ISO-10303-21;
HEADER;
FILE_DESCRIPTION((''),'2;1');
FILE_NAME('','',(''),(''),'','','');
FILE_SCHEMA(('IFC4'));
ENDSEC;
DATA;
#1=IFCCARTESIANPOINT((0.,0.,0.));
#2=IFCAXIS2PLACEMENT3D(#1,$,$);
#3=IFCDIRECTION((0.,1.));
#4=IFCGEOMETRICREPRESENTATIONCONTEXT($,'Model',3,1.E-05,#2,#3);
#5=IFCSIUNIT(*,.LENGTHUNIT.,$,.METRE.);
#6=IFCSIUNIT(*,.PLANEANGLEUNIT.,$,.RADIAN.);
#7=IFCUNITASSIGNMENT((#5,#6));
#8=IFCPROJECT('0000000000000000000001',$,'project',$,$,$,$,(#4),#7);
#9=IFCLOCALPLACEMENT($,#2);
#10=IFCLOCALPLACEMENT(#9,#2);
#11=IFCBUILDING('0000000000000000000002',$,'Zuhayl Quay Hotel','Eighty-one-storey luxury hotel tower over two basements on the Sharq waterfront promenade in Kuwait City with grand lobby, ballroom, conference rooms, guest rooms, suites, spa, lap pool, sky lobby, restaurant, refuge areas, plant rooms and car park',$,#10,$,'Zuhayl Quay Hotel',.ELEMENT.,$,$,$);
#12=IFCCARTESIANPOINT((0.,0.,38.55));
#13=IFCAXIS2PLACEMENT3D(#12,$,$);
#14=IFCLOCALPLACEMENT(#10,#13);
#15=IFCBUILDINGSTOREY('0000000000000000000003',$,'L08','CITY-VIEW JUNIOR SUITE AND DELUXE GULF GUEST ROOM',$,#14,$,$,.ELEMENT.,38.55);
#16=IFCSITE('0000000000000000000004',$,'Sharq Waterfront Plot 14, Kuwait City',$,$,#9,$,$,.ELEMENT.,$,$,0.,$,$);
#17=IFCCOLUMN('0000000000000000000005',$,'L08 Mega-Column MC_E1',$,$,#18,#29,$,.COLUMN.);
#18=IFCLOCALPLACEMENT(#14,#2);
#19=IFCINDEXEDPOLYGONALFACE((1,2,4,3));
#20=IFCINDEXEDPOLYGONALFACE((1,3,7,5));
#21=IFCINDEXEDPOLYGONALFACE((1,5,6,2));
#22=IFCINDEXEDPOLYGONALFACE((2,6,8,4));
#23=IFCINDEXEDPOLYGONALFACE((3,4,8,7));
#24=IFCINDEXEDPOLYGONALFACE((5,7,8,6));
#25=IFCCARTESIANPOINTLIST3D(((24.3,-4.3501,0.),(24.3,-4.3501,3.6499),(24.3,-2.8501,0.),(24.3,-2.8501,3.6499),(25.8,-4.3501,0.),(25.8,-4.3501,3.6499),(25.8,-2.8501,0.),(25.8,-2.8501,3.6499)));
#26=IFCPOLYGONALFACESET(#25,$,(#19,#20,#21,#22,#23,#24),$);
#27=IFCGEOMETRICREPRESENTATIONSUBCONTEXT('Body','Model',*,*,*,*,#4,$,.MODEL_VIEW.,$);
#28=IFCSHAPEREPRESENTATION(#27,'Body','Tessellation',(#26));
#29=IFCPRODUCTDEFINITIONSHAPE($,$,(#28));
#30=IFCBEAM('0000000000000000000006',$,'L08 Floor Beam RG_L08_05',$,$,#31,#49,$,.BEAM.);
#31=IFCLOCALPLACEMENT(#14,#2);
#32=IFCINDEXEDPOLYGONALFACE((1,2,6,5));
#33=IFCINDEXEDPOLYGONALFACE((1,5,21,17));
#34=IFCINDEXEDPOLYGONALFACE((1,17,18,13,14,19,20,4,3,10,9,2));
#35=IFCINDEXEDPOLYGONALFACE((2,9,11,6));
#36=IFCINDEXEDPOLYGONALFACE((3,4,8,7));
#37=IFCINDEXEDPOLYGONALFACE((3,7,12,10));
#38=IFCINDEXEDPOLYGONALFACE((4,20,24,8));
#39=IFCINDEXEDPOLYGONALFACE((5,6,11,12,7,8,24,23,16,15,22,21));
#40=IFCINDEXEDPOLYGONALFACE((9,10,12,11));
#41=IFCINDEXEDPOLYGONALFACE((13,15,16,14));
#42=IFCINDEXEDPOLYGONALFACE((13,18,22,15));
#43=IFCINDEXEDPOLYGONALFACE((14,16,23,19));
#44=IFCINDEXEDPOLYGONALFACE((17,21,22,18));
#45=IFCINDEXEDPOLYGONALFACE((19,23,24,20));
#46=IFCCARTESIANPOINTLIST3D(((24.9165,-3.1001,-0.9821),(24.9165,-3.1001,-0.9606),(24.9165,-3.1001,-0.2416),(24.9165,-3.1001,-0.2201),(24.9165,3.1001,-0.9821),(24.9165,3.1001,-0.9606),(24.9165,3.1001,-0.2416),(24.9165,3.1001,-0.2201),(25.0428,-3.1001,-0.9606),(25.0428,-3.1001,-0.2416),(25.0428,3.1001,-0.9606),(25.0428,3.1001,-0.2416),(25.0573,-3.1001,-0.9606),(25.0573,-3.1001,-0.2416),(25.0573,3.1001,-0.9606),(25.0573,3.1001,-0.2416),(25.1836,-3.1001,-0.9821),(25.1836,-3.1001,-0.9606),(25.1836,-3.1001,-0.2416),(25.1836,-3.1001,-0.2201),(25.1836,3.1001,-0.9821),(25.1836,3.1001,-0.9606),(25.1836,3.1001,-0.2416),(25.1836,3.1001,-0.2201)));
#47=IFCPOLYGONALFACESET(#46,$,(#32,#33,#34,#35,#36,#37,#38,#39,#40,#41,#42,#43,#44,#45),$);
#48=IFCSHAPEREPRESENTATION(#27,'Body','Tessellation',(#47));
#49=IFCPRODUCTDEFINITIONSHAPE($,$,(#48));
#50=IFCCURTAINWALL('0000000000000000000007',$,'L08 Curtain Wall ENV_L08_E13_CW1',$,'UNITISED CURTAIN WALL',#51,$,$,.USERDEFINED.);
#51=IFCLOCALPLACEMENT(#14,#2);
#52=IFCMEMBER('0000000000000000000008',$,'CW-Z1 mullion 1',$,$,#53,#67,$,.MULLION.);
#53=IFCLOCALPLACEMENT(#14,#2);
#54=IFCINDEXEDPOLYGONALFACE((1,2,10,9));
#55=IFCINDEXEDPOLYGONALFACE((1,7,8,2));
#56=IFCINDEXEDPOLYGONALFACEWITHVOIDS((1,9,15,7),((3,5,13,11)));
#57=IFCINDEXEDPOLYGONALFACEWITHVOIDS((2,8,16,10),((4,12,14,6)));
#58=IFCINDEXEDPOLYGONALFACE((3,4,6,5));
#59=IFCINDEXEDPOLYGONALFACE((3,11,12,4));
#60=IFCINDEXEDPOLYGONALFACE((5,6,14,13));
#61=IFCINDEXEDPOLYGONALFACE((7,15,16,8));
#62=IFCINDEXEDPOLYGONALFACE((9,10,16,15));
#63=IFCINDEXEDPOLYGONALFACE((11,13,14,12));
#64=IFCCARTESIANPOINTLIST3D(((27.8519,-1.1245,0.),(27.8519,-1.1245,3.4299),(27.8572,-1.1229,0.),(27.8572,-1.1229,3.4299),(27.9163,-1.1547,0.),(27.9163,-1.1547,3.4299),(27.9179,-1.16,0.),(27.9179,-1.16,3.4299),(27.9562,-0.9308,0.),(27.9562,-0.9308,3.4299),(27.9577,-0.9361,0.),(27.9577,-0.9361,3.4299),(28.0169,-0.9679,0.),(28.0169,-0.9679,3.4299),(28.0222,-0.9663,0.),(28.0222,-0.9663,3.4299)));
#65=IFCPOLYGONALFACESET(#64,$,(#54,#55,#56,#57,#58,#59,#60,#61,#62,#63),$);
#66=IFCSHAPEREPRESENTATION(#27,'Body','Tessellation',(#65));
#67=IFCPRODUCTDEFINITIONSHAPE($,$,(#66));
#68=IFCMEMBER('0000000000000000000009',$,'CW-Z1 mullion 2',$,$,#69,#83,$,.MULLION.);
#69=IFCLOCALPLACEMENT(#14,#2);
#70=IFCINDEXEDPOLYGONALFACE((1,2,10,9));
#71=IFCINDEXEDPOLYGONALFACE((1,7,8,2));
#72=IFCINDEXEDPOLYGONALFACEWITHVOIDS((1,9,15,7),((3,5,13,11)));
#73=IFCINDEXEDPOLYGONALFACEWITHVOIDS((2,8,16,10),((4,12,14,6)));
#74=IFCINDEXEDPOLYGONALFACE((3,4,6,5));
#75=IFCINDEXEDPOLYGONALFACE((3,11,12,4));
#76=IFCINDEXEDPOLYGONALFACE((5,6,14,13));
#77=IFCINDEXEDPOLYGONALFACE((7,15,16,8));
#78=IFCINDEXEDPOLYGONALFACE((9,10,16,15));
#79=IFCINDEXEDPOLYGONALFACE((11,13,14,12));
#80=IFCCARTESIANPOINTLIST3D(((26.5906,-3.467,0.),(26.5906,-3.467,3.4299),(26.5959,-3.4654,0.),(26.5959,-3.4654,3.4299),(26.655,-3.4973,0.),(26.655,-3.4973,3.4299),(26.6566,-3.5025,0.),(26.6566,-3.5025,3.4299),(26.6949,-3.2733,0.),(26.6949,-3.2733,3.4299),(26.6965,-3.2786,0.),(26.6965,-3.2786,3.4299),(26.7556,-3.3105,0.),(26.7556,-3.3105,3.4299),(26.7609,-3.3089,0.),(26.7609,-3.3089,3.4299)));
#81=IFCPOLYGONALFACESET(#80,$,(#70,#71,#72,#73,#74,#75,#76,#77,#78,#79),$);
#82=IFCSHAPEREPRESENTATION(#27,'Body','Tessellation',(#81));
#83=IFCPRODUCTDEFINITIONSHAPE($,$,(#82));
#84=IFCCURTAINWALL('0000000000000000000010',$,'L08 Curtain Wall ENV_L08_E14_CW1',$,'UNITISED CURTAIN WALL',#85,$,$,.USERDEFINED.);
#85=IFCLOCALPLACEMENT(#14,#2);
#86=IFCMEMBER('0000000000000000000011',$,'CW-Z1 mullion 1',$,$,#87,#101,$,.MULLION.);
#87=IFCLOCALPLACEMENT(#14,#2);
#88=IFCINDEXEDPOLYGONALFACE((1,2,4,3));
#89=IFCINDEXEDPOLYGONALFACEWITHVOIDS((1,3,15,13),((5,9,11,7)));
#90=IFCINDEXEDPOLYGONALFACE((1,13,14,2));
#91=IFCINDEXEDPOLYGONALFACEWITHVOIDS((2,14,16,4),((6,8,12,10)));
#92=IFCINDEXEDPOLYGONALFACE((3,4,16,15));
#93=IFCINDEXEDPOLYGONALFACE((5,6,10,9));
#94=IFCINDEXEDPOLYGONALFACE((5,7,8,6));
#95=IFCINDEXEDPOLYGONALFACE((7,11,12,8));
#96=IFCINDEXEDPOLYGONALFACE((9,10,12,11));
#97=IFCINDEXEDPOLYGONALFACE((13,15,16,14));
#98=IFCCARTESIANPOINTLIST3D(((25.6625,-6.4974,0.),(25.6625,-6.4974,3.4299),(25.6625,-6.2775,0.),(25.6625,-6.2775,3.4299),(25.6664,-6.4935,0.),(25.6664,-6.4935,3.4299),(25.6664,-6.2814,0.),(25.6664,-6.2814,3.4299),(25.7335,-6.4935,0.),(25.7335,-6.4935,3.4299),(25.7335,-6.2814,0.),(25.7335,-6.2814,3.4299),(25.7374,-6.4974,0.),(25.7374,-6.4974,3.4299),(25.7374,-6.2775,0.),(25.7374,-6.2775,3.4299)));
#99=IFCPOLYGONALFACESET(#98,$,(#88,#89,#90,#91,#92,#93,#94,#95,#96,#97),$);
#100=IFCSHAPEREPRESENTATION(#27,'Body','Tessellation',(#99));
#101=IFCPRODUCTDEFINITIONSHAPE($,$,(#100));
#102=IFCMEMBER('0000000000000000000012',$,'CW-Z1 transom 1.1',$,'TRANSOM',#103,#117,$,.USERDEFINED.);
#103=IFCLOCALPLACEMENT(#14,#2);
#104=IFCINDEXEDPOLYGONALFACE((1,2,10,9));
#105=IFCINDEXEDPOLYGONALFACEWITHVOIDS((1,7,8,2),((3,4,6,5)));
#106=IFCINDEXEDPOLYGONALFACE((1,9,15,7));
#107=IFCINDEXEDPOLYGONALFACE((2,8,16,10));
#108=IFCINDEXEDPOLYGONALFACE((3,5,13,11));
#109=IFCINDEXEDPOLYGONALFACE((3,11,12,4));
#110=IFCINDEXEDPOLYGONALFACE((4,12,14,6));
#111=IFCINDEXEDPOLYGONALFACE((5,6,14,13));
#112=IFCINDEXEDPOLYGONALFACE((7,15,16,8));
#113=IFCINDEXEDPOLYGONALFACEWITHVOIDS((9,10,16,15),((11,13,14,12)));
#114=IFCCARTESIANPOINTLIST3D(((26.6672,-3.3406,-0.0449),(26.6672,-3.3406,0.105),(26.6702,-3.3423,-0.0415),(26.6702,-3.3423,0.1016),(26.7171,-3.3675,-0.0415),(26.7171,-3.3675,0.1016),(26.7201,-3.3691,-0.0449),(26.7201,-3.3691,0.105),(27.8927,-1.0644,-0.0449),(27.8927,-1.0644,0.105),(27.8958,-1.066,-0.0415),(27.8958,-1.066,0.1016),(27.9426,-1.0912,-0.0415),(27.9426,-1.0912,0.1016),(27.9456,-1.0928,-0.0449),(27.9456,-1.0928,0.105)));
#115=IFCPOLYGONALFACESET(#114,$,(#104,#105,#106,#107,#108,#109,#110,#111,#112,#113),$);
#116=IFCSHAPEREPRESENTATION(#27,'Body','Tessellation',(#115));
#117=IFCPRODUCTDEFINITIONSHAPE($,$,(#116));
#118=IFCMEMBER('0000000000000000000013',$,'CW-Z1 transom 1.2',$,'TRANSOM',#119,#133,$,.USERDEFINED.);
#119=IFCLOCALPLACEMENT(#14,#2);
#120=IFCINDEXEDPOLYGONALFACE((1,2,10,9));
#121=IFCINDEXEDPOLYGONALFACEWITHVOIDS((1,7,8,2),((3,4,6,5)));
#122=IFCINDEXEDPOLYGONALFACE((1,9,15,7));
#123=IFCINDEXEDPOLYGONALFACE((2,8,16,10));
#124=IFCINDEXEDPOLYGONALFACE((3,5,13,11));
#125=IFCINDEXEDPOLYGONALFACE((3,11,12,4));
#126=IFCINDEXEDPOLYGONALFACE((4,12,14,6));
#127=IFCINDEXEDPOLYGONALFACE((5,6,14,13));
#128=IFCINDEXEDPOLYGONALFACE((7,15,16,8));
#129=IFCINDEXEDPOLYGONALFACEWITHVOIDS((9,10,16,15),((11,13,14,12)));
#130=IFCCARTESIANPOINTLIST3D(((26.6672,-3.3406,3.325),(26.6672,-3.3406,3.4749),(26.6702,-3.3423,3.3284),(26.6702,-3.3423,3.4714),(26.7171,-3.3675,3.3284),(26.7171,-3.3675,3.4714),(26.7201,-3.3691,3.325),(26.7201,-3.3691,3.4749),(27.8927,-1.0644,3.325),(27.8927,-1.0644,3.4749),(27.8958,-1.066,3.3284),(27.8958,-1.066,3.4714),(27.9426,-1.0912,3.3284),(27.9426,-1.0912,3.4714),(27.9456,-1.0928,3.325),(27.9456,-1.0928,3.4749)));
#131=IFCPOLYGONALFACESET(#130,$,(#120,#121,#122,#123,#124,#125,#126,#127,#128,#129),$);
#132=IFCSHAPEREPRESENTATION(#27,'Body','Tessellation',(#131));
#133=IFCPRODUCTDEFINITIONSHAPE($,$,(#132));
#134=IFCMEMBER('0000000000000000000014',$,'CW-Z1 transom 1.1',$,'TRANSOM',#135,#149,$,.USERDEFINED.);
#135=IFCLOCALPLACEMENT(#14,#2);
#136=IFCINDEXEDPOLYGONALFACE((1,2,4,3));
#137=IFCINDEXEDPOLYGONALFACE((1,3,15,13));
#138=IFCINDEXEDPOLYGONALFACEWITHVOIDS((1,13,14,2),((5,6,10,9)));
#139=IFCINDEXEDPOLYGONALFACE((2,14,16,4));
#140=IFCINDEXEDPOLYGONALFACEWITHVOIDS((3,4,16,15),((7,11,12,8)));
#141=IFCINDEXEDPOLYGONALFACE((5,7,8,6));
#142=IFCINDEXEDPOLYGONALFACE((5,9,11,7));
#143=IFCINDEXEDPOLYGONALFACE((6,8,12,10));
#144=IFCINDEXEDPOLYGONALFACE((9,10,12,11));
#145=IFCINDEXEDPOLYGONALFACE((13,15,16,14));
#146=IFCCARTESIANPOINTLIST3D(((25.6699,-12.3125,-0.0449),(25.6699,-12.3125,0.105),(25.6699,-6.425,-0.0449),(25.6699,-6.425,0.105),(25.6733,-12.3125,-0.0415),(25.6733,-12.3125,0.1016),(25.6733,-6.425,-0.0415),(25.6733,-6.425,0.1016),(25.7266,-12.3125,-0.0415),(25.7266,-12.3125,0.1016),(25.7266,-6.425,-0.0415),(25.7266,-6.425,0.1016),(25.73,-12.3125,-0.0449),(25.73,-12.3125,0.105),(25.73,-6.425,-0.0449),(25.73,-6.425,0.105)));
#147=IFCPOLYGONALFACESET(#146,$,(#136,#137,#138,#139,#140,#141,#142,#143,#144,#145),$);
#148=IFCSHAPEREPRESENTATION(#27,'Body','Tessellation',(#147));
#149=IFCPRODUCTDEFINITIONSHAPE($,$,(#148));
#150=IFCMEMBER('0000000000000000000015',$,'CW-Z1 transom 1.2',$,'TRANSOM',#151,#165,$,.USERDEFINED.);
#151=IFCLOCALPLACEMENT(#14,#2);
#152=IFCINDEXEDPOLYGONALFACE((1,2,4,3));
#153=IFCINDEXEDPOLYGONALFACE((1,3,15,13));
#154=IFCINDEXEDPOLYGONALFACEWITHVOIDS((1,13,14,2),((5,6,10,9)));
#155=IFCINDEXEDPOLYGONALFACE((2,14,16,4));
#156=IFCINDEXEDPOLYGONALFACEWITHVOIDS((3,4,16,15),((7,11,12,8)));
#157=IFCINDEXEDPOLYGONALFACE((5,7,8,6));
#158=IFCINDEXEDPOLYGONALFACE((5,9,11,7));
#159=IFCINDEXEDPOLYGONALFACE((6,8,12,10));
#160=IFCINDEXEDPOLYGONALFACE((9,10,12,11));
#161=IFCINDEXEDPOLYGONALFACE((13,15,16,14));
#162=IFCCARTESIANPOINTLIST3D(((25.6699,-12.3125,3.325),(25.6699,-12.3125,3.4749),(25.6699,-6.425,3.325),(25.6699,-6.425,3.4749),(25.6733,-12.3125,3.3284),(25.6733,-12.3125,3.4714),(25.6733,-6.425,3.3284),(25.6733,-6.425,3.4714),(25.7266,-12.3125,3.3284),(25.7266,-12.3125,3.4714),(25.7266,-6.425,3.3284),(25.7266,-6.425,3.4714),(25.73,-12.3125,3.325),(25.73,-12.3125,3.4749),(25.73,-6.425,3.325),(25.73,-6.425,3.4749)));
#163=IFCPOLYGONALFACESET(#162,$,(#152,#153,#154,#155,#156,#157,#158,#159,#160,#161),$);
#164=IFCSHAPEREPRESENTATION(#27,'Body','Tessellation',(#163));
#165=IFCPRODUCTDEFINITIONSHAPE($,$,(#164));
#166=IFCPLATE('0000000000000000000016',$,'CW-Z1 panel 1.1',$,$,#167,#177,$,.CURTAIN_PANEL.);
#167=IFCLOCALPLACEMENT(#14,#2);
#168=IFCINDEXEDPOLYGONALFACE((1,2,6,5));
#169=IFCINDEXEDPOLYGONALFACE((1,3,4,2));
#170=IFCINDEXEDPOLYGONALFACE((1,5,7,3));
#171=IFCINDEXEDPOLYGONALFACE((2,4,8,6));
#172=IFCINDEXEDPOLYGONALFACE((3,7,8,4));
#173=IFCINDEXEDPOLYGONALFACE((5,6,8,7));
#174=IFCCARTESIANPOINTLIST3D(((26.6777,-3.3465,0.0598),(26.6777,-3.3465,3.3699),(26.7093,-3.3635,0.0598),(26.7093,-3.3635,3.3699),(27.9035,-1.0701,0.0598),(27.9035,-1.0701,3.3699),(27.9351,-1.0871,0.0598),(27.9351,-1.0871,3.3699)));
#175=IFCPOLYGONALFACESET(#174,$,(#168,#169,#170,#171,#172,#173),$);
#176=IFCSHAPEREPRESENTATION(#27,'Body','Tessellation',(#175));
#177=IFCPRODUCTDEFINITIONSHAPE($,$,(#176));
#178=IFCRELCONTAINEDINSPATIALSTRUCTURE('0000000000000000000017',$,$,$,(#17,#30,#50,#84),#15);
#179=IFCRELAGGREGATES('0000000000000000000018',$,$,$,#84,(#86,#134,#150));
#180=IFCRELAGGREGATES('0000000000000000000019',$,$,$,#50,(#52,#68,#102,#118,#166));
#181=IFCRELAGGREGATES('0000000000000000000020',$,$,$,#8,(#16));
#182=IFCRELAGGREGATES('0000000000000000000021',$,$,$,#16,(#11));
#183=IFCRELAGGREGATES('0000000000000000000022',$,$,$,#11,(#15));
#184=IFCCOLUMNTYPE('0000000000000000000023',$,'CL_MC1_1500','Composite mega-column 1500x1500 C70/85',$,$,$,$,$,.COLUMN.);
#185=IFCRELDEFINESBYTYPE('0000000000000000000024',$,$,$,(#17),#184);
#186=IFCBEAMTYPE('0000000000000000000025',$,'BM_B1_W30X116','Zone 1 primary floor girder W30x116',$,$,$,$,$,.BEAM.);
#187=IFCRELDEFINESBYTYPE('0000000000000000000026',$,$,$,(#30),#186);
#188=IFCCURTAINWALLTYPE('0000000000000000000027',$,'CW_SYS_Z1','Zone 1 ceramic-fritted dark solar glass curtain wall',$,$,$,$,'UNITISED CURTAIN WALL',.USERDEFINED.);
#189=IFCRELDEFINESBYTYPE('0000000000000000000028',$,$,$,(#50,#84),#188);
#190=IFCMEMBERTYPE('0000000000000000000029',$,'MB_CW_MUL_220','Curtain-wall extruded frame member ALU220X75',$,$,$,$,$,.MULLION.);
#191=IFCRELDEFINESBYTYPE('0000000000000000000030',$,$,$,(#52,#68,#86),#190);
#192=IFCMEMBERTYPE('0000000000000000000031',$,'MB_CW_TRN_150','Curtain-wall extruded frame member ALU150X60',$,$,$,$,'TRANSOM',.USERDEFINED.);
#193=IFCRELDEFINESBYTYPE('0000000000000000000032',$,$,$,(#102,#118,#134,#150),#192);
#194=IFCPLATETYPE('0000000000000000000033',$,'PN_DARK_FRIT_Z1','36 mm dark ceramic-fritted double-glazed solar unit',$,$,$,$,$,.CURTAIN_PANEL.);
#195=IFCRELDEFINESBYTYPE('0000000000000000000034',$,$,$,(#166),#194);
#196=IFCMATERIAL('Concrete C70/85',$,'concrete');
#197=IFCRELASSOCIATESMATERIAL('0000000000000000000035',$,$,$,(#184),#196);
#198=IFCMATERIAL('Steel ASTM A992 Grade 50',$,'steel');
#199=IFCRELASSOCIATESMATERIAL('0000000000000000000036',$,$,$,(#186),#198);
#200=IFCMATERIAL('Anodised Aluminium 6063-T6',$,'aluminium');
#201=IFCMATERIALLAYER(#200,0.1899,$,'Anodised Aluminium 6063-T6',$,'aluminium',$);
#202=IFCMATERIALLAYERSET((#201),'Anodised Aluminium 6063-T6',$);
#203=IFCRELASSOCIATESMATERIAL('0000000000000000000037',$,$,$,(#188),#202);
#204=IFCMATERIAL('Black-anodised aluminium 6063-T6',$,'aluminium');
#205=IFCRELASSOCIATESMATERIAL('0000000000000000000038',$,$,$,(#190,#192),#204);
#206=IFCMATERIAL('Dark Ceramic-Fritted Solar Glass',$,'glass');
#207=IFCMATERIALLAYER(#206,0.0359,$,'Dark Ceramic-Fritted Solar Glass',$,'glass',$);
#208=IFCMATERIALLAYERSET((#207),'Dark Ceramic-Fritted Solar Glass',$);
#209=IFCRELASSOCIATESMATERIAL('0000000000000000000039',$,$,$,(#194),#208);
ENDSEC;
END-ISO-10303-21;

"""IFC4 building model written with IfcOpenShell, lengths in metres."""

from ifc_helpers import new_model, si_unit, direction, frame, origin, origin_2d, place, context, subcontext, project, spatial, rectangle, hollow_rectangle, i_section, extrude, material, layer, layer_set, material_profile, profile_set, type_object, element, aggregate, save


model = new_model("IFC4")

# Units and contexts
model_context = context("Model", 3, precision=1e-05, world=origin(), true_north=direction((0.0, 1.0)))
body_context = subcontext(model_context, "Body", "Model", "MODEL_VIEW")
ifc_project = project(units=[si_unit("LENGTHUNIT", "METRE"), si_unit("PLANEANGLEUNIT", "RADIAN")], contexts=[model_context])

# Site, building, storey
site_placement = place(None, origin())
site = spatial("IfcSite", under=ifc_project, at=site_placement, Name="Sharq Waterfront Plot 14, Kuwait City", CompositionType="ELEMENT", RefElevation=0.0)
building_placement = place(site_placement, origin())
building = spatial("IfcBuilding", under=site, at=building_placement, Name="Zuhayl Quay Hotel", Description="Eighty-one-storey luxury hotel tower over two basements on the Sharq waterfront promenade in Kuwait City with grand lobby, ballroom, conference rooms, guest rooms, suites, spa, lap pool, sky lobby, restaurant, refuge areas, plant rooms and car park", LongName="Zuhayl Quay Hotel", CompositionType="ELEMENT")
storey_placement = place(building_placement, frame((0.0, 0.0, 38.55)))
storey = spatial("IfcBuildingStorey", under=building, at=storey_placement, Name="L08", Description="CITY-VIEW JUNIOR SUITE AND DELUXE GULF GUEST ROOM", CompositionType="ELEMENT", Elevation=38.55)

# Column
ifc_material_1 = material(Name="Concrete C70/85", Category="concrete")
ifc_material_profile_1 = material_profile(ifc_material_1, rectangle(XDim=1.5, YDim=1.5, at=origin_2d()), Name="RC1500X1500")
ifc_profile_set_1 = profile_set([ifc_material_profile_1], Name="Concrete C70/85")
column_type = type_object("IfcColumnType", Name="CL_MC1_1500", Description="Composite mega-column 1500x1500 C70/85", PredefinedType="COLUMN", material=ifc_profile_set_1)
column_placement = place(storey_placement, frame((25.05, -3.6001, 0.0), z_axis=(0.0, 0.0, 1.0), x_axis=(1.0, 0.0, 0.0)))
element("IfcColumn", 1, at=column_placement, inside=storey, type_object=column_type, Name="L08 Mega-Column MC_E1", PredefinedType="COLUMN", context=body_context, shape_type="SweptSolid", body=[
    extrude(rectangle(XDim=1.5, YDim=1.5, at=origin_2d()), origin(), (0.0, 0.0, 1.0), 3.6499),
])

# Beam
ifc_material_2 = material(Name="Steel ASTM A992 Grade 50", Category="steel")
ifc_material_profile_2 = material_profile(ifc_material_2, i_section(OverallWidth=0.2671, OverallDepth=0.762, WebThickness=0.0144, FlangeThickness=0.0215, at=origin_2d()), Name="W30X116")
ifc_profile_set_2 = profile_set([ifc_material_profile_2], Name="Steel ASTM A992 Grade 50")
beam_type = type_object("IfcBeamType", Name="BM_B1_W30X116", Description="Zone 1 primary floor girder W30x116", PredefinedType="BEAM", material=ifc_profile_set_2)
beam_placement = place(storey_placement, frame((25.05, -3.1001, -0.6011), z_axis=(0.0, 1.0, 0.0), x_axis=(-1.0, 0.0, 0.0)))
element("IfcBeam", 2, at=beam_placement, inside=storey, type_object=beam_type, Name="L08 Floor Beam RG_L08_05", PredefinedType="BEAM", context=body_context, shape_type="SweptSolid", body=[
    extrude(i_section(OverallWidth=0.2671, OverallDepth=0.762, WebThickness=0.0144, FlangeThickness=0.0215, at=origin_2d()), origin(), (0.0, 0.0, 1.0), 6.2002),
])

# Curtain wall, members
ifc_material_3 = material(Name="Anodised Aluminium 6063-T6", Category="aluminium")
ifc_layer_1 = layer(ifc_material_3, 0.1899, Name="Anodised Aluminium 6063-T6", Category="aluminium")
ifc_layer_set_1 = layer_set([ifc_layer_1], Name="Anodised Aluminium 6063-T6")
curtain_wall_type = type_object("IfcCurtainWallType", Name="CW_SYS_Z1", Description="Zone 1 ceramic-fritted dark solar glass curtain wall", ElementType="UNITISED CURTAIN WALL", PredefinedType="USERDEFINED", material=ifc_layer_set_1)
curtain_wall_1_placement = place(storey_placement, origin())
curtain_wall_1 = element("IfcCurtainWall", 3, at=curtain_wall_1_placement, inside=storey, type_object=curtain_wall_type, Name="L08 Curtain Wall ENV_L08_E13_CW1", ObjectType="UNITISED CURTAIN WALL", PredefinedType="USERDEFINED")
ifc_material_4 = material(Name="Black-anodised aluminium 6063-T6", Category="aluminium")
ifc_material_profile_3 = material_profile(ifc_material_4, hollow_rectangle(XDim=0.075, YDim=0.22, WallThickness=0.0039, at=origin_2d()), Name="ALU220X75")
ifc_profile_set_3 = profile_set([ifc_material_profile_3], Name="Black-anodised aluminium 6063-T6")
member_type_1 = type_object("IfcMemberType", Name="MB_CW_MUL_220", Description="Curtain-wall extruded frame member ALU220X75", PredefinedType="MULLION", material=ifc_profile_set_3)
member_1_placement = place(storey_placement, frame((27.937, -1.0454, 0.0), z_axis=(0.0, 0.0, 1.0), x_axis=(0.880476, -0.474091, 0.0)))
member_1 = element("IfcMember", 4, at=member_1_placement, type_object=member_type_1, Name="CW-Z1 mullion 1", PredefinedType="MULLION", context=body_context, shape_type="SweptSolid", body=[
    extrude(hollow_rectangle(XDim=0.075, YDim=0.22, WallThickness=0.0039, at=origin_2d()), origin(), (0.0, 0.0, 1.0), 3.4299),
])
member_2_placement = place(storey_placement, frame((26.6758, -3.3879, 0.0), z_axis=(0.0, 0.0, 1.0), x_axis=(0.880476, -0.474091, 0.0)))
member_2 = element("IfcMember", 5, at=member_2_placement, type_object=member_type_1, Name="CW-Z1 mullion 2", PredefinedType="MULLION", context=body_context, shape_type="SweptSolid", body=[
    extrude(hollow_rectangle(XDim=0.075, YDim=0.22, WallThickness=0.0039, at=origin_2d()), origin(), (0.0, 0.0, 1.0), 3.4299),
])

# Curtain wall, member
curtain_wall_2_placement = place(storey_placement, origin())
curtain_wall_2 = element("IfcCurtainWall", 6, at=curtain_wall_2_placement, inside=storey, type_object=curtain_wall_type, Name="L08 Curtain Wall ENV_L08_E14_CW1", ObjectType="UNITISED CURTAIN WALL", PredefinedType="USERDEFINED")
member_3_placement = place(storey_placement, frame((25.7, -6.3875, 0.0), z_axis=(0.0, 0.0, 1.0), x_axis=(1.0, 0.0, 0.0)))
member_3 = element("IfcMember", 7, at=member_3_placement, type_object=member_type_1, Name="CW-Z1 mullion 1", PredefinedType="MULLION", context=body_context, shape_type="SweptSolid", body=[
    extrude(hollow_rectangle(XDim=0.075, YDim=0.22, WallThickness=0.0039, at=origin_2d()), origin(), (0.0, 0.0, 1.0), 3.4299),
])

# Members
ifc_material_profile_4 = material_profile(ifc_material_4, hollow_rectangle(XDim=0.0601, YDim=0.1499, WallThickness=0.0034, at=origin_2d()), Name="ALU150X60")
ifc_profile_set_4 = profile_set([ifc_material_profile_4], Name="Black-anodised aluminium 6063-T6")
member_type_2 = type_object("IfcMemberType", Name="MB_CW_TRN_150", Description="Curtain-wall extruded frame member ALU150X60", ElementType="TRANSOM", PredefinedType="USERDEFINED", material=ifc_profile_set_4)
member_4_placement = place(storey_placement, frame((27.9192, -1.0786, 0.03), z_axis=(-0.474055, -0.880495, 0.0), x_axis=(0.880495, -0.474055, 0.0)))
member_4 = element("IfcMember", 8, at=member_4_placement, type_object=member_type_2, Name="CW-Z1 transom 1.1", ObjectType="TRANSOM", PredefinedType="USERDEFINED", context=body_context, shape_type="SweptSolid", body=[
    extrude(hollow_rectangle(XDim=0.0601, YDim=0.1499, WallThickness=0.0034, at=origin_2d()), origin(), (0.0, 0.0, 1.0), 2.5852),
])
member_5_placement = place(storey_placement, frame((27.9192, -1.0786, 3.3999), z_axis=(-0.474055, -0.880495, 0.0), x_axis=(0.880495, -0.474055, 0.0)))
member_5 = element("IfcMember", 9, at=member_5_placement, type_object=member_type_2, Name="CW-Z1 transom 1.2", ObjectType="TRANSOM", PredefinedType="USERDEFINED", context=body_context, shape_type="SweptSolid", body=[
    extrude(hollow_rectangle(XDim=0.0601, YDim=0.1499, WallThickness=0.0034, at=origin_2d()), origin(), (0.0, 0.0, 1.0), 2.5852),
])
member_6_placement = place(storey_placement, frame((25.7, -6.425, 0.03), z_axis=(0.0, -1.0, 0.0), x_axis=(1.0, 0.0, 0.0)))
member_6 = element("IfcMember", 10, at=member_6_placement, type_object=member_type_2, Name="CW-Z1 transom 1.1", ObjectType="TRANSOM", PredefinedType="USERDEFINED", context=body_context, shape_type="SweptSolid", body=[
    extrude(hollow_rectangle(XDim=0.0601, YDim=0.1499, WallThickness=0.0034, at=origin_2d()), origin(), (0.0, 0.0, 1.0), 5.8875),
])
member_7_placement = place(storey_placement, frame((25.7, -6.425, 3.3999), z_axis=(0.0, -1.0, 0.0), x_axis=(1.0, 0.0, 0.0)))
member_7 = element("IfcMember", 11, at=member_7_placement, type_object=member_type_2, Name="CW-Z1 transom 1.2", ObjectType="TRANSOM", PredefinedType="USERDEFINED", context=body_context, shape_type="SweptSolid", body=[
    extrude(hollow_rectangle(XDim=0.0601, YDim=0.1499, WallThickness=0.0034, at=origin_2d()), origin(), (0.0, 0.0, 1.0), 5.8875),
])
aggregate(curtain_wall_2, [member_3, member_6, member_7])

# Plate
ifc_material_5 = material(Name="Dark Ceramic-Fritted Solar Glass", Category="glass")
ifc_layer_2 = layer(ifc_material_5, 0.0359, Name="Dark Ceramic-Fritted Solar Glass", Category="glass")
ifc_layer_set_2 = layer_set([ifc_layer_2], Name="Dark Ceramic-Fritted Solar Glass")
plate_type = type_object("IfcPlateType", Name="PN_DARK_FRIT_Z1", Description="36 mm dark ceramic-fritted double-glazed solar unit", PredefinedType="CURTAIN_PANEL", material=ifc_layer_set_2)
plate_placement = place(storey_placement, frame((27.3064, -2.2168, 0.0598), z_axis=(0.0, 0.0, 1.0), x_axis=(-0.474091, -0.880476, 0.0)))
plate = element("IfcPlate", 12, at=plate_placement, type_object=plate_type, Name="CW-Z1 panel 1.1", PredefinedType="CURTAIN_PANEL", context=body_context, shape_type="SweptSolid", body=[
    extrude(rectangle(XDim=2.5854, YDim=0.0359, at=origin_2d()), origin(), (0.0, 0.0, 1.0), 3.3101),
])
aggregate(curtain_wall_1, [member_1, member_2, member_4, member_5, plate])

save(model, "model.ifc")
